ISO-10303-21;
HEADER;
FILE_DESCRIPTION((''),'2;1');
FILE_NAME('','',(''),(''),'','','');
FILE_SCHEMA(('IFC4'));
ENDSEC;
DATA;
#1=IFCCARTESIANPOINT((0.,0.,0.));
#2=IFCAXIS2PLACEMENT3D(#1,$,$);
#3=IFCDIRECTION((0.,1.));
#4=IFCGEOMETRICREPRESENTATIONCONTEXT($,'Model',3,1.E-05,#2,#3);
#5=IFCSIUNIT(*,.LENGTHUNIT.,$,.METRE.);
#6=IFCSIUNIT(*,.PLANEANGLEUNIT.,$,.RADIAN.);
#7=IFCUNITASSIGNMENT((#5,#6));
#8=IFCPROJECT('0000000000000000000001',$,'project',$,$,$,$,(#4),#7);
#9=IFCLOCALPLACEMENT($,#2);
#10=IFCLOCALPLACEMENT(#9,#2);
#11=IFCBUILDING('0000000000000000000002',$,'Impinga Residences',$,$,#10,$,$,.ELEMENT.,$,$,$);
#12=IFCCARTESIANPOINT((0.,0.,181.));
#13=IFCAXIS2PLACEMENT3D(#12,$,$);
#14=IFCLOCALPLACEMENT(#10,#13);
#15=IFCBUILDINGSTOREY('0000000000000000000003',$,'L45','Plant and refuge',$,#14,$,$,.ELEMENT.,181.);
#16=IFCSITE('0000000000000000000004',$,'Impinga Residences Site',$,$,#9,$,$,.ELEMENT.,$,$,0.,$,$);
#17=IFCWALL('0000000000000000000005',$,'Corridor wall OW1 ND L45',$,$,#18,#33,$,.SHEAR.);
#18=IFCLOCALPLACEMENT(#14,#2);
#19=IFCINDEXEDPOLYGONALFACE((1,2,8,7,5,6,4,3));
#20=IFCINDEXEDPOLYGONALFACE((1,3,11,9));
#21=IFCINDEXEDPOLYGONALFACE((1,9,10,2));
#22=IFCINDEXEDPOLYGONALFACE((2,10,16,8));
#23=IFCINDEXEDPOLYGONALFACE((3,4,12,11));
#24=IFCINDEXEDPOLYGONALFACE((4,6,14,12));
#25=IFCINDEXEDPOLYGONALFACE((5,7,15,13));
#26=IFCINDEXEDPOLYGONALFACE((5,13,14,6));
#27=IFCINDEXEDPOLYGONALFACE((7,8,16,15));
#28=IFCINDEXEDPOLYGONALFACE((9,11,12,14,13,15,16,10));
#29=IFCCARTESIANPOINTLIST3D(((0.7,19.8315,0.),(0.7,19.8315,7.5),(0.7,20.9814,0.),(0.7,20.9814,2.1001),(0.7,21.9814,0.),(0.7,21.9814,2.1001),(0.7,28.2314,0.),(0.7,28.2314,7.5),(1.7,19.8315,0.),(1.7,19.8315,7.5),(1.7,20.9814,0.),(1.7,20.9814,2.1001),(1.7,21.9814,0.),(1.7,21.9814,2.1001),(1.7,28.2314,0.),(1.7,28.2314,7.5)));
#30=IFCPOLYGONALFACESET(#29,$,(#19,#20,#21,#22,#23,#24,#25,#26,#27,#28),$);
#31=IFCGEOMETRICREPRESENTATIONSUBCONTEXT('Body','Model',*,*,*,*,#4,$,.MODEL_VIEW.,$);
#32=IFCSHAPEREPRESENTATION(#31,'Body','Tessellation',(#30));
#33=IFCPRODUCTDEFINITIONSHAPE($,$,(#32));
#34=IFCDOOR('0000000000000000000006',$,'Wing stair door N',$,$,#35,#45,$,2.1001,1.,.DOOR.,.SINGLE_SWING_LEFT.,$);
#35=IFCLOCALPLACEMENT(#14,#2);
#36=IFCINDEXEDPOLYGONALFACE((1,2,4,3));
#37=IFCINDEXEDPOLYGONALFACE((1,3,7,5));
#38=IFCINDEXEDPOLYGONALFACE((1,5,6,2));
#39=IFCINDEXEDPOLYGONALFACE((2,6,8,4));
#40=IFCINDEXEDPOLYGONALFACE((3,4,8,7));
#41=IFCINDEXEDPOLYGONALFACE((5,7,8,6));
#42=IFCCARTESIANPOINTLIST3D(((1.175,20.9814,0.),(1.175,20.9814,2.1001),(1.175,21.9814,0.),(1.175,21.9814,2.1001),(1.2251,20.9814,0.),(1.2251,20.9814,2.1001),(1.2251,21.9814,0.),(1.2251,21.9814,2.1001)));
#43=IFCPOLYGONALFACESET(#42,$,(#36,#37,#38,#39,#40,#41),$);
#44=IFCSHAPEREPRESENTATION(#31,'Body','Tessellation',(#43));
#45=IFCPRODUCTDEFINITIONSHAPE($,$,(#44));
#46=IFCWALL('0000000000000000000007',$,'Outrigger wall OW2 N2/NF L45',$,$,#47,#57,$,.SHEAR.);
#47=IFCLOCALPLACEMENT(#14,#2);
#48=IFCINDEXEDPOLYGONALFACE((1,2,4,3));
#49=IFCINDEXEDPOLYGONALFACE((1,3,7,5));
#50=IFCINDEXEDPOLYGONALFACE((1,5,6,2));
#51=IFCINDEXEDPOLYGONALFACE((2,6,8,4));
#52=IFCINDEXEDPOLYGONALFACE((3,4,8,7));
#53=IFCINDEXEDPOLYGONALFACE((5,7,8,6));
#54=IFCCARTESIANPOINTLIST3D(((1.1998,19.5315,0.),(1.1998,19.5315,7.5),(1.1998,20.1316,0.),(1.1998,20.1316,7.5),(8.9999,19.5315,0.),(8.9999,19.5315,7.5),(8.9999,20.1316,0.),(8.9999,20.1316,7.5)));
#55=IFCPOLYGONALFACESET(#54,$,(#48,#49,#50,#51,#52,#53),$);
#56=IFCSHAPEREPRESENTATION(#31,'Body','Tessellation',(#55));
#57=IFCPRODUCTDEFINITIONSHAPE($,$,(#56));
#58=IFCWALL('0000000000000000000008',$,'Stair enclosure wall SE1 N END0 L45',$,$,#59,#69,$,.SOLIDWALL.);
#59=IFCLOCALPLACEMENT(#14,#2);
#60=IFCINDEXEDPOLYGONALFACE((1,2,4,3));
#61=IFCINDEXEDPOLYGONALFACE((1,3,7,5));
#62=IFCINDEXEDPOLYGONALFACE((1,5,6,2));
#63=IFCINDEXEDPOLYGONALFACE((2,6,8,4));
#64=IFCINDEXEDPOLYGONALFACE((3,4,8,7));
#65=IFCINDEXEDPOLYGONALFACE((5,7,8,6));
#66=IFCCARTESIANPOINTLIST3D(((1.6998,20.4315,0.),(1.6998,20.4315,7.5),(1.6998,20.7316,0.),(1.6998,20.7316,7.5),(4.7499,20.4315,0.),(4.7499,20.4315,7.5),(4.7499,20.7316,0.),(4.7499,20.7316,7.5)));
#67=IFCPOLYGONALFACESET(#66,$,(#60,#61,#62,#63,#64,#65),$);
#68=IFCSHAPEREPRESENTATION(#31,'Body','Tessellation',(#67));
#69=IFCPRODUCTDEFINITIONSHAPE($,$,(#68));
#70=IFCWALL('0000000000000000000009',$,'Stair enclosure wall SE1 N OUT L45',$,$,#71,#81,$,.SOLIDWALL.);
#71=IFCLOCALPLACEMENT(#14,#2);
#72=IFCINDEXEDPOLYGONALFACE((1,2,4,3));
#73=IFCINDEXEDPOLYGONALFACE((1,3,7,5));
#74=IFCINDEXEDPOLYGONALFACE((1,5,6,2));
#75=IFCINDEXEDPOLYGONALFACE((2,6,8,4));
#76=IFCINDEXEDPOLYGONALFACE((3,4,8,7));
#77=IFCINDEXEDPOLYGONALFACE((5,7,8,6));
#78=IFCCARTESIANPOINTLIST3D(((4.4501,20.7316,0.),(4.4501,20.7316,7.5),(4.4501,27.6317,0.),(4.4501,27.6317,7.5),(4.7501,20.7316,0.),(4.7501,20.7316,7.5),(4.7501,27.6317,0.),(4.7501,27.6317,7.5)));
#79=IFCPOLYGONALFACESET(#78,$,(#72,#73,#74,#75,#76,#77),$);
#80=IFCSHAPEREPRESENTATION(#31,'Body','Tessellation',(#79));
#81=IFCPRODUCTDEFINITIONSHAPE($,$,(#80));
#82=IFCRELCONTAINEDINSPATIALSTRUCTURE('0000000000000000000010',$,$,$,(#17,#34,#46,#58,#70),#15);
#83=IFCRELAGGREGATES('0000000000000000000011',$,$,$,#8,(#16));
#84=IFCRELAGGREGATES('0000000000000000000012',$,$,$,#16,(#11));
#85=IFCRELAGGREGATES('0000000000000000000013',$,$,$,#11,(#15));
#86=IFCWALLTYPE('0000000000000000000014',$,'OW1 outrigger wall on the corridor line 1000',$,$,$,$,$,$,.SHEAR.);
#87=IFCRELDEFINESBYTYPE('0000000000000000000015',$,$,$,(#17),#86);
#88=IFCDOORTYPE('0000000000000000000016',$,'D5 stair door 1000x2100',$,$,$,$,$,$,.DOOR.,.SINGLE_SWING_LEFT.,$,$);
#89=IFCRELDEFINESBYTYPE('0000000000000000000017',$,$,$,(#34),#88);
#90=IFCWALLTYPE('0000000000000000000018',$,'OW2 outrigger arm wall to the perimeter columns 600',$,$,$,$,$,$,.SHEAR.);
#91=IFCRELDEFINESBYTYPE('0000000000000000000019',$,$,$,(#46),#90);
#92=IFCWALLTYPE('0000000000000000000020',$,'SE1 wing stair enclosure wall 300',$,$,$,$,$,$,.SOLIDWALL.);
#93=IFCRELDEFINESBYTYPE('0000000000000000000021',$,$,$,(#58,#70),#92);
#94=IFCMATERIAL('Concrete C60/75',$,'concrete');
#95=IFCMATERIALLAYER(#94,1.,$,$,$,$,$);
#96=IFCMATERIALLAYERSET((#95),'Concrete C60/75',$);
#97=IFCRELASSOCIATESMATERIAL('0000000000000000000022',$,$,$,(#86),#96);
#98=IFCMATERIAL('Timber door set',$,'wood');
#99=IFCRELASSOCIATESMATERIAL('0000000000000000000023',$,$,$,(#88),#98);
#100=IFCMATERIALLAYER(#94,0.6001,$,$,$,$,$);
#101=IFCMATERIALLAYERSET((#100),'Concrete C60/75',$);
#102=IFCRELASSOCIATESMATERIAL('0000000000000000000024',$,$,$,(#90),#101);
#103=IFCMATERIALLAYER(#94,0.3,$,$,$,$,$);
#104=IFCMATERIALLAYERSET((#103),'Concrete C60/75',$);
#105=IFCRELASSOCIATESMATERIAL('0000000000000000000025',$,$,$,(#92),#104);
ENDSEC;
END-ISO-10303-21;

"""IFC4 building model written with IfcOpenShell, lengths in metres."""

from ifc_helpers import new_model, si_unit, direction, frame, frame_2d, origin, place, context, subcontext, project, spatial, rectangle, extrude, material, layer, layer_set, type_object, element, fill, save


model = new_model("IFC4")

# Units and contexts
model_context = context("Model", 3, precision=1e-05, world=origin(), true_north=direction((0.0, 1.0)))
body_context = subcontext(model_context, "Body", "Model", "MODEL_VIEW")
ifc_project = project(units=[si_unit("LENGTHUNIT", "METRE"), si_unit("PLANEANGLEUNIT", "RADIAN")], contexts=[model_context])

# Site, building, storey
site_placement = place(None, origin())
site = spatial("IfcSite", under=ifc_project, at=site_placement, Name="Impinga Residences Site", CompositionType="ELEMENT", RefElevation=0.0)
building_placement = place(site_placement, origin())
building = spatial("IfcBuilding", under=site, at=building_placement, Name="Impinga Residences", CompositionType="ELEMENT")
storey_placement = place(building_placement, frame((0.0, 0.0, 181.0)))
storey = spatial("IfcBuildingStorey", under=building, at=storey_placement, Name="L45", Description="Plant and refuge", CompositionType="ELEMENT", Elevation=181.0)

# Shared definitions
ifc_material_1 = material(Name="Concrete C60/75", Category="concrete")

# Wall, opening, door
ifc_layer_1 = layer(ifc_material_1, 1.0)
ifc_layer_set_1 = layer_set([ifc_layer_1], Name="Concrete C60/75")
wall_type_1 = type_object("IfcWallType", Name="OW1 outrigger wall on the corridor line 1000", PredefinedType="SHEAR", material=ifc_layer_set_1)
wall_1_placement = place(storey_placement, frame((1.2, 19.8315, 0.0), z_axis=(0.0, 0.0, 1.0), x_axis=(0.0, 1.0, 0.0)))
wall_1 = element("IfcWall", 1, at=wall_1_placement, inside=storey, type_object=wall_type_1, Name="Corridor wall OW1 ND L45", PredefinedType="SHEAR", context=body_context, shape_type="SweptSolid", body=[
    extrude(rectangle(XDim=8.3999, YDim=1.0, at=frame_2d((4.2, 0.0))), origin(), (0.0, 0.0, 1.0), 7.5),
])
opening_placement = place(wall_1_placement, frame((1.1499, 0.0, 0.0)))
opening = element("IfcOpeningElement", 2, at=opening_placement, cuts=wall_1, PredefinedType="OPENING", context=body_context, shape_type="SweptSolid", body=[
    extrude(rectangle(XDim=1.0, YDim=2.1001, at=frame_2d((0.5, 1.05))), frame((0.0, 0.51, 0.0), z_axis=(0.0, -1.0, 0.0), x_axis=(1.0, 0.0, 0.0)), (0.0, 0.0, 1.0), 1.02),
])
ifc_material_2 = material(Name="Timber door set", Category="wood")
door_type = type_object("IfcDoorType", Name="D5 stair door 1000x2100", OperationType="SINGLE_SWING_LEFT", PredefinedType="DOOR", material=ifc_material_2)
door_placement = place(opening_placement, origin())
door = element("IfcDoor", 3, at=door_placement, inside=storey, type_object=door_type, Name="Wing stair door N", OperationType="SINGLE_SWING_LEFT", OverallHeight=2.1001, OverallWidth=1.0, PredefinedType="DOOR", context=body_context, shape_type="SweptSolid", body=[
    extrude(rectangle(XDim=1.0, YDim=2.1001, at=frame_2d((0.5, 1.05))), frame((0.0, 0.0249, 0.0), z_axis=(0.0, -1.0, 0.0), x_axis=(1.0, 0.0, 0.0)), (0.0, 0.0, 1.0), 0.05),
])
fill(opening, door)

# Walls
ifc_layer_2 = layer(ifc_material_1, 0.6001)
ifc_layer_set_2 = layer_set([ifc_layer_2], Name="Concrete C60/75")
wall_type_2 = type_object("IfcWallType", Name="OW2 outrigger arm wall to the perimeter columns 600", PredefinedType="SHEAR", material=ifc_layer_set_2)
wall_2_placement = place(storey_placement, frame((1.2, 19.8315, 0.0), z_axis=(0.0, 0.0, 1.0), x_axis=(1.0, 0.0, 0.0)))
element("IfcWall", 4, at=wall_2_placement, inside=storey, type_object=wall_type_2, Name="Outrigger wall OW2 N2/NF L45", PredefinedType="SHEAR", context=body_context, shape_type="SweptSolid", body=[
    extrude(rectangle(XDim=7.8, YDim=0.6001, at=frame_2d((3.8999, 0.0))), origin(), (0.0, 0.0, 1.0), 7.5),
])
ifc_layer_3 = layer(ifc_material_1, 0.3)
ifc_layer_set_3 = layer_set([ifc_layer_3], Name="Concrete C60/75")
wall_type_3 = type_object("IfcWallType", Name="SE1 wing stair enclosure wall 300", PredefinedType="SOLIDWALL", material=ifc_layer_set_3)
wall_3_placement = place(storey_placement, frame((1.7, 20.5815, 0.0), z_axis=(0.0, 0.0, 1.0), x_axis=(1.0, 0.0, 0.0)))
element("IfcWall", 5, at=wall_3_placement, inside=storey, type_object=wall_type_3, Name="Stair enclosure wall SE1 N END0 L45", PredefinedType="SOLIDWALL", context=body_context, shape_type="SweptSolid", body=[
    extrude(rectangle(XDim=3.05, YDim=0.3, at=frame_2d((1.5249, 0.0))), origin(), (0.0, 0.0, 1.0), 7.5),
])
wall_4_placement = place(storey_placement, frame((4.6001, 20.7314, 0.0), z_axis=(0.0, 0.0, 1.0), x_axis=(0.0, 1.0, 0.0)))
element("IfcWall", 6, at=wall_4_placement, inside=storey, type_object=wall_type_3, Name="Stair enclosure wall SE1 N OUT L45", PredefinedType="SOLIDWALL", context=body_context, shape_type="SweptSolid", body=[
    extrude(rectangle(XDim=6.9001, YDim=0.3, at=frame_2d((3.4502, 0.0))), origin(), (0.0, 0.0, 1.0), 7.5),
])

save(model, "model.ifc")
